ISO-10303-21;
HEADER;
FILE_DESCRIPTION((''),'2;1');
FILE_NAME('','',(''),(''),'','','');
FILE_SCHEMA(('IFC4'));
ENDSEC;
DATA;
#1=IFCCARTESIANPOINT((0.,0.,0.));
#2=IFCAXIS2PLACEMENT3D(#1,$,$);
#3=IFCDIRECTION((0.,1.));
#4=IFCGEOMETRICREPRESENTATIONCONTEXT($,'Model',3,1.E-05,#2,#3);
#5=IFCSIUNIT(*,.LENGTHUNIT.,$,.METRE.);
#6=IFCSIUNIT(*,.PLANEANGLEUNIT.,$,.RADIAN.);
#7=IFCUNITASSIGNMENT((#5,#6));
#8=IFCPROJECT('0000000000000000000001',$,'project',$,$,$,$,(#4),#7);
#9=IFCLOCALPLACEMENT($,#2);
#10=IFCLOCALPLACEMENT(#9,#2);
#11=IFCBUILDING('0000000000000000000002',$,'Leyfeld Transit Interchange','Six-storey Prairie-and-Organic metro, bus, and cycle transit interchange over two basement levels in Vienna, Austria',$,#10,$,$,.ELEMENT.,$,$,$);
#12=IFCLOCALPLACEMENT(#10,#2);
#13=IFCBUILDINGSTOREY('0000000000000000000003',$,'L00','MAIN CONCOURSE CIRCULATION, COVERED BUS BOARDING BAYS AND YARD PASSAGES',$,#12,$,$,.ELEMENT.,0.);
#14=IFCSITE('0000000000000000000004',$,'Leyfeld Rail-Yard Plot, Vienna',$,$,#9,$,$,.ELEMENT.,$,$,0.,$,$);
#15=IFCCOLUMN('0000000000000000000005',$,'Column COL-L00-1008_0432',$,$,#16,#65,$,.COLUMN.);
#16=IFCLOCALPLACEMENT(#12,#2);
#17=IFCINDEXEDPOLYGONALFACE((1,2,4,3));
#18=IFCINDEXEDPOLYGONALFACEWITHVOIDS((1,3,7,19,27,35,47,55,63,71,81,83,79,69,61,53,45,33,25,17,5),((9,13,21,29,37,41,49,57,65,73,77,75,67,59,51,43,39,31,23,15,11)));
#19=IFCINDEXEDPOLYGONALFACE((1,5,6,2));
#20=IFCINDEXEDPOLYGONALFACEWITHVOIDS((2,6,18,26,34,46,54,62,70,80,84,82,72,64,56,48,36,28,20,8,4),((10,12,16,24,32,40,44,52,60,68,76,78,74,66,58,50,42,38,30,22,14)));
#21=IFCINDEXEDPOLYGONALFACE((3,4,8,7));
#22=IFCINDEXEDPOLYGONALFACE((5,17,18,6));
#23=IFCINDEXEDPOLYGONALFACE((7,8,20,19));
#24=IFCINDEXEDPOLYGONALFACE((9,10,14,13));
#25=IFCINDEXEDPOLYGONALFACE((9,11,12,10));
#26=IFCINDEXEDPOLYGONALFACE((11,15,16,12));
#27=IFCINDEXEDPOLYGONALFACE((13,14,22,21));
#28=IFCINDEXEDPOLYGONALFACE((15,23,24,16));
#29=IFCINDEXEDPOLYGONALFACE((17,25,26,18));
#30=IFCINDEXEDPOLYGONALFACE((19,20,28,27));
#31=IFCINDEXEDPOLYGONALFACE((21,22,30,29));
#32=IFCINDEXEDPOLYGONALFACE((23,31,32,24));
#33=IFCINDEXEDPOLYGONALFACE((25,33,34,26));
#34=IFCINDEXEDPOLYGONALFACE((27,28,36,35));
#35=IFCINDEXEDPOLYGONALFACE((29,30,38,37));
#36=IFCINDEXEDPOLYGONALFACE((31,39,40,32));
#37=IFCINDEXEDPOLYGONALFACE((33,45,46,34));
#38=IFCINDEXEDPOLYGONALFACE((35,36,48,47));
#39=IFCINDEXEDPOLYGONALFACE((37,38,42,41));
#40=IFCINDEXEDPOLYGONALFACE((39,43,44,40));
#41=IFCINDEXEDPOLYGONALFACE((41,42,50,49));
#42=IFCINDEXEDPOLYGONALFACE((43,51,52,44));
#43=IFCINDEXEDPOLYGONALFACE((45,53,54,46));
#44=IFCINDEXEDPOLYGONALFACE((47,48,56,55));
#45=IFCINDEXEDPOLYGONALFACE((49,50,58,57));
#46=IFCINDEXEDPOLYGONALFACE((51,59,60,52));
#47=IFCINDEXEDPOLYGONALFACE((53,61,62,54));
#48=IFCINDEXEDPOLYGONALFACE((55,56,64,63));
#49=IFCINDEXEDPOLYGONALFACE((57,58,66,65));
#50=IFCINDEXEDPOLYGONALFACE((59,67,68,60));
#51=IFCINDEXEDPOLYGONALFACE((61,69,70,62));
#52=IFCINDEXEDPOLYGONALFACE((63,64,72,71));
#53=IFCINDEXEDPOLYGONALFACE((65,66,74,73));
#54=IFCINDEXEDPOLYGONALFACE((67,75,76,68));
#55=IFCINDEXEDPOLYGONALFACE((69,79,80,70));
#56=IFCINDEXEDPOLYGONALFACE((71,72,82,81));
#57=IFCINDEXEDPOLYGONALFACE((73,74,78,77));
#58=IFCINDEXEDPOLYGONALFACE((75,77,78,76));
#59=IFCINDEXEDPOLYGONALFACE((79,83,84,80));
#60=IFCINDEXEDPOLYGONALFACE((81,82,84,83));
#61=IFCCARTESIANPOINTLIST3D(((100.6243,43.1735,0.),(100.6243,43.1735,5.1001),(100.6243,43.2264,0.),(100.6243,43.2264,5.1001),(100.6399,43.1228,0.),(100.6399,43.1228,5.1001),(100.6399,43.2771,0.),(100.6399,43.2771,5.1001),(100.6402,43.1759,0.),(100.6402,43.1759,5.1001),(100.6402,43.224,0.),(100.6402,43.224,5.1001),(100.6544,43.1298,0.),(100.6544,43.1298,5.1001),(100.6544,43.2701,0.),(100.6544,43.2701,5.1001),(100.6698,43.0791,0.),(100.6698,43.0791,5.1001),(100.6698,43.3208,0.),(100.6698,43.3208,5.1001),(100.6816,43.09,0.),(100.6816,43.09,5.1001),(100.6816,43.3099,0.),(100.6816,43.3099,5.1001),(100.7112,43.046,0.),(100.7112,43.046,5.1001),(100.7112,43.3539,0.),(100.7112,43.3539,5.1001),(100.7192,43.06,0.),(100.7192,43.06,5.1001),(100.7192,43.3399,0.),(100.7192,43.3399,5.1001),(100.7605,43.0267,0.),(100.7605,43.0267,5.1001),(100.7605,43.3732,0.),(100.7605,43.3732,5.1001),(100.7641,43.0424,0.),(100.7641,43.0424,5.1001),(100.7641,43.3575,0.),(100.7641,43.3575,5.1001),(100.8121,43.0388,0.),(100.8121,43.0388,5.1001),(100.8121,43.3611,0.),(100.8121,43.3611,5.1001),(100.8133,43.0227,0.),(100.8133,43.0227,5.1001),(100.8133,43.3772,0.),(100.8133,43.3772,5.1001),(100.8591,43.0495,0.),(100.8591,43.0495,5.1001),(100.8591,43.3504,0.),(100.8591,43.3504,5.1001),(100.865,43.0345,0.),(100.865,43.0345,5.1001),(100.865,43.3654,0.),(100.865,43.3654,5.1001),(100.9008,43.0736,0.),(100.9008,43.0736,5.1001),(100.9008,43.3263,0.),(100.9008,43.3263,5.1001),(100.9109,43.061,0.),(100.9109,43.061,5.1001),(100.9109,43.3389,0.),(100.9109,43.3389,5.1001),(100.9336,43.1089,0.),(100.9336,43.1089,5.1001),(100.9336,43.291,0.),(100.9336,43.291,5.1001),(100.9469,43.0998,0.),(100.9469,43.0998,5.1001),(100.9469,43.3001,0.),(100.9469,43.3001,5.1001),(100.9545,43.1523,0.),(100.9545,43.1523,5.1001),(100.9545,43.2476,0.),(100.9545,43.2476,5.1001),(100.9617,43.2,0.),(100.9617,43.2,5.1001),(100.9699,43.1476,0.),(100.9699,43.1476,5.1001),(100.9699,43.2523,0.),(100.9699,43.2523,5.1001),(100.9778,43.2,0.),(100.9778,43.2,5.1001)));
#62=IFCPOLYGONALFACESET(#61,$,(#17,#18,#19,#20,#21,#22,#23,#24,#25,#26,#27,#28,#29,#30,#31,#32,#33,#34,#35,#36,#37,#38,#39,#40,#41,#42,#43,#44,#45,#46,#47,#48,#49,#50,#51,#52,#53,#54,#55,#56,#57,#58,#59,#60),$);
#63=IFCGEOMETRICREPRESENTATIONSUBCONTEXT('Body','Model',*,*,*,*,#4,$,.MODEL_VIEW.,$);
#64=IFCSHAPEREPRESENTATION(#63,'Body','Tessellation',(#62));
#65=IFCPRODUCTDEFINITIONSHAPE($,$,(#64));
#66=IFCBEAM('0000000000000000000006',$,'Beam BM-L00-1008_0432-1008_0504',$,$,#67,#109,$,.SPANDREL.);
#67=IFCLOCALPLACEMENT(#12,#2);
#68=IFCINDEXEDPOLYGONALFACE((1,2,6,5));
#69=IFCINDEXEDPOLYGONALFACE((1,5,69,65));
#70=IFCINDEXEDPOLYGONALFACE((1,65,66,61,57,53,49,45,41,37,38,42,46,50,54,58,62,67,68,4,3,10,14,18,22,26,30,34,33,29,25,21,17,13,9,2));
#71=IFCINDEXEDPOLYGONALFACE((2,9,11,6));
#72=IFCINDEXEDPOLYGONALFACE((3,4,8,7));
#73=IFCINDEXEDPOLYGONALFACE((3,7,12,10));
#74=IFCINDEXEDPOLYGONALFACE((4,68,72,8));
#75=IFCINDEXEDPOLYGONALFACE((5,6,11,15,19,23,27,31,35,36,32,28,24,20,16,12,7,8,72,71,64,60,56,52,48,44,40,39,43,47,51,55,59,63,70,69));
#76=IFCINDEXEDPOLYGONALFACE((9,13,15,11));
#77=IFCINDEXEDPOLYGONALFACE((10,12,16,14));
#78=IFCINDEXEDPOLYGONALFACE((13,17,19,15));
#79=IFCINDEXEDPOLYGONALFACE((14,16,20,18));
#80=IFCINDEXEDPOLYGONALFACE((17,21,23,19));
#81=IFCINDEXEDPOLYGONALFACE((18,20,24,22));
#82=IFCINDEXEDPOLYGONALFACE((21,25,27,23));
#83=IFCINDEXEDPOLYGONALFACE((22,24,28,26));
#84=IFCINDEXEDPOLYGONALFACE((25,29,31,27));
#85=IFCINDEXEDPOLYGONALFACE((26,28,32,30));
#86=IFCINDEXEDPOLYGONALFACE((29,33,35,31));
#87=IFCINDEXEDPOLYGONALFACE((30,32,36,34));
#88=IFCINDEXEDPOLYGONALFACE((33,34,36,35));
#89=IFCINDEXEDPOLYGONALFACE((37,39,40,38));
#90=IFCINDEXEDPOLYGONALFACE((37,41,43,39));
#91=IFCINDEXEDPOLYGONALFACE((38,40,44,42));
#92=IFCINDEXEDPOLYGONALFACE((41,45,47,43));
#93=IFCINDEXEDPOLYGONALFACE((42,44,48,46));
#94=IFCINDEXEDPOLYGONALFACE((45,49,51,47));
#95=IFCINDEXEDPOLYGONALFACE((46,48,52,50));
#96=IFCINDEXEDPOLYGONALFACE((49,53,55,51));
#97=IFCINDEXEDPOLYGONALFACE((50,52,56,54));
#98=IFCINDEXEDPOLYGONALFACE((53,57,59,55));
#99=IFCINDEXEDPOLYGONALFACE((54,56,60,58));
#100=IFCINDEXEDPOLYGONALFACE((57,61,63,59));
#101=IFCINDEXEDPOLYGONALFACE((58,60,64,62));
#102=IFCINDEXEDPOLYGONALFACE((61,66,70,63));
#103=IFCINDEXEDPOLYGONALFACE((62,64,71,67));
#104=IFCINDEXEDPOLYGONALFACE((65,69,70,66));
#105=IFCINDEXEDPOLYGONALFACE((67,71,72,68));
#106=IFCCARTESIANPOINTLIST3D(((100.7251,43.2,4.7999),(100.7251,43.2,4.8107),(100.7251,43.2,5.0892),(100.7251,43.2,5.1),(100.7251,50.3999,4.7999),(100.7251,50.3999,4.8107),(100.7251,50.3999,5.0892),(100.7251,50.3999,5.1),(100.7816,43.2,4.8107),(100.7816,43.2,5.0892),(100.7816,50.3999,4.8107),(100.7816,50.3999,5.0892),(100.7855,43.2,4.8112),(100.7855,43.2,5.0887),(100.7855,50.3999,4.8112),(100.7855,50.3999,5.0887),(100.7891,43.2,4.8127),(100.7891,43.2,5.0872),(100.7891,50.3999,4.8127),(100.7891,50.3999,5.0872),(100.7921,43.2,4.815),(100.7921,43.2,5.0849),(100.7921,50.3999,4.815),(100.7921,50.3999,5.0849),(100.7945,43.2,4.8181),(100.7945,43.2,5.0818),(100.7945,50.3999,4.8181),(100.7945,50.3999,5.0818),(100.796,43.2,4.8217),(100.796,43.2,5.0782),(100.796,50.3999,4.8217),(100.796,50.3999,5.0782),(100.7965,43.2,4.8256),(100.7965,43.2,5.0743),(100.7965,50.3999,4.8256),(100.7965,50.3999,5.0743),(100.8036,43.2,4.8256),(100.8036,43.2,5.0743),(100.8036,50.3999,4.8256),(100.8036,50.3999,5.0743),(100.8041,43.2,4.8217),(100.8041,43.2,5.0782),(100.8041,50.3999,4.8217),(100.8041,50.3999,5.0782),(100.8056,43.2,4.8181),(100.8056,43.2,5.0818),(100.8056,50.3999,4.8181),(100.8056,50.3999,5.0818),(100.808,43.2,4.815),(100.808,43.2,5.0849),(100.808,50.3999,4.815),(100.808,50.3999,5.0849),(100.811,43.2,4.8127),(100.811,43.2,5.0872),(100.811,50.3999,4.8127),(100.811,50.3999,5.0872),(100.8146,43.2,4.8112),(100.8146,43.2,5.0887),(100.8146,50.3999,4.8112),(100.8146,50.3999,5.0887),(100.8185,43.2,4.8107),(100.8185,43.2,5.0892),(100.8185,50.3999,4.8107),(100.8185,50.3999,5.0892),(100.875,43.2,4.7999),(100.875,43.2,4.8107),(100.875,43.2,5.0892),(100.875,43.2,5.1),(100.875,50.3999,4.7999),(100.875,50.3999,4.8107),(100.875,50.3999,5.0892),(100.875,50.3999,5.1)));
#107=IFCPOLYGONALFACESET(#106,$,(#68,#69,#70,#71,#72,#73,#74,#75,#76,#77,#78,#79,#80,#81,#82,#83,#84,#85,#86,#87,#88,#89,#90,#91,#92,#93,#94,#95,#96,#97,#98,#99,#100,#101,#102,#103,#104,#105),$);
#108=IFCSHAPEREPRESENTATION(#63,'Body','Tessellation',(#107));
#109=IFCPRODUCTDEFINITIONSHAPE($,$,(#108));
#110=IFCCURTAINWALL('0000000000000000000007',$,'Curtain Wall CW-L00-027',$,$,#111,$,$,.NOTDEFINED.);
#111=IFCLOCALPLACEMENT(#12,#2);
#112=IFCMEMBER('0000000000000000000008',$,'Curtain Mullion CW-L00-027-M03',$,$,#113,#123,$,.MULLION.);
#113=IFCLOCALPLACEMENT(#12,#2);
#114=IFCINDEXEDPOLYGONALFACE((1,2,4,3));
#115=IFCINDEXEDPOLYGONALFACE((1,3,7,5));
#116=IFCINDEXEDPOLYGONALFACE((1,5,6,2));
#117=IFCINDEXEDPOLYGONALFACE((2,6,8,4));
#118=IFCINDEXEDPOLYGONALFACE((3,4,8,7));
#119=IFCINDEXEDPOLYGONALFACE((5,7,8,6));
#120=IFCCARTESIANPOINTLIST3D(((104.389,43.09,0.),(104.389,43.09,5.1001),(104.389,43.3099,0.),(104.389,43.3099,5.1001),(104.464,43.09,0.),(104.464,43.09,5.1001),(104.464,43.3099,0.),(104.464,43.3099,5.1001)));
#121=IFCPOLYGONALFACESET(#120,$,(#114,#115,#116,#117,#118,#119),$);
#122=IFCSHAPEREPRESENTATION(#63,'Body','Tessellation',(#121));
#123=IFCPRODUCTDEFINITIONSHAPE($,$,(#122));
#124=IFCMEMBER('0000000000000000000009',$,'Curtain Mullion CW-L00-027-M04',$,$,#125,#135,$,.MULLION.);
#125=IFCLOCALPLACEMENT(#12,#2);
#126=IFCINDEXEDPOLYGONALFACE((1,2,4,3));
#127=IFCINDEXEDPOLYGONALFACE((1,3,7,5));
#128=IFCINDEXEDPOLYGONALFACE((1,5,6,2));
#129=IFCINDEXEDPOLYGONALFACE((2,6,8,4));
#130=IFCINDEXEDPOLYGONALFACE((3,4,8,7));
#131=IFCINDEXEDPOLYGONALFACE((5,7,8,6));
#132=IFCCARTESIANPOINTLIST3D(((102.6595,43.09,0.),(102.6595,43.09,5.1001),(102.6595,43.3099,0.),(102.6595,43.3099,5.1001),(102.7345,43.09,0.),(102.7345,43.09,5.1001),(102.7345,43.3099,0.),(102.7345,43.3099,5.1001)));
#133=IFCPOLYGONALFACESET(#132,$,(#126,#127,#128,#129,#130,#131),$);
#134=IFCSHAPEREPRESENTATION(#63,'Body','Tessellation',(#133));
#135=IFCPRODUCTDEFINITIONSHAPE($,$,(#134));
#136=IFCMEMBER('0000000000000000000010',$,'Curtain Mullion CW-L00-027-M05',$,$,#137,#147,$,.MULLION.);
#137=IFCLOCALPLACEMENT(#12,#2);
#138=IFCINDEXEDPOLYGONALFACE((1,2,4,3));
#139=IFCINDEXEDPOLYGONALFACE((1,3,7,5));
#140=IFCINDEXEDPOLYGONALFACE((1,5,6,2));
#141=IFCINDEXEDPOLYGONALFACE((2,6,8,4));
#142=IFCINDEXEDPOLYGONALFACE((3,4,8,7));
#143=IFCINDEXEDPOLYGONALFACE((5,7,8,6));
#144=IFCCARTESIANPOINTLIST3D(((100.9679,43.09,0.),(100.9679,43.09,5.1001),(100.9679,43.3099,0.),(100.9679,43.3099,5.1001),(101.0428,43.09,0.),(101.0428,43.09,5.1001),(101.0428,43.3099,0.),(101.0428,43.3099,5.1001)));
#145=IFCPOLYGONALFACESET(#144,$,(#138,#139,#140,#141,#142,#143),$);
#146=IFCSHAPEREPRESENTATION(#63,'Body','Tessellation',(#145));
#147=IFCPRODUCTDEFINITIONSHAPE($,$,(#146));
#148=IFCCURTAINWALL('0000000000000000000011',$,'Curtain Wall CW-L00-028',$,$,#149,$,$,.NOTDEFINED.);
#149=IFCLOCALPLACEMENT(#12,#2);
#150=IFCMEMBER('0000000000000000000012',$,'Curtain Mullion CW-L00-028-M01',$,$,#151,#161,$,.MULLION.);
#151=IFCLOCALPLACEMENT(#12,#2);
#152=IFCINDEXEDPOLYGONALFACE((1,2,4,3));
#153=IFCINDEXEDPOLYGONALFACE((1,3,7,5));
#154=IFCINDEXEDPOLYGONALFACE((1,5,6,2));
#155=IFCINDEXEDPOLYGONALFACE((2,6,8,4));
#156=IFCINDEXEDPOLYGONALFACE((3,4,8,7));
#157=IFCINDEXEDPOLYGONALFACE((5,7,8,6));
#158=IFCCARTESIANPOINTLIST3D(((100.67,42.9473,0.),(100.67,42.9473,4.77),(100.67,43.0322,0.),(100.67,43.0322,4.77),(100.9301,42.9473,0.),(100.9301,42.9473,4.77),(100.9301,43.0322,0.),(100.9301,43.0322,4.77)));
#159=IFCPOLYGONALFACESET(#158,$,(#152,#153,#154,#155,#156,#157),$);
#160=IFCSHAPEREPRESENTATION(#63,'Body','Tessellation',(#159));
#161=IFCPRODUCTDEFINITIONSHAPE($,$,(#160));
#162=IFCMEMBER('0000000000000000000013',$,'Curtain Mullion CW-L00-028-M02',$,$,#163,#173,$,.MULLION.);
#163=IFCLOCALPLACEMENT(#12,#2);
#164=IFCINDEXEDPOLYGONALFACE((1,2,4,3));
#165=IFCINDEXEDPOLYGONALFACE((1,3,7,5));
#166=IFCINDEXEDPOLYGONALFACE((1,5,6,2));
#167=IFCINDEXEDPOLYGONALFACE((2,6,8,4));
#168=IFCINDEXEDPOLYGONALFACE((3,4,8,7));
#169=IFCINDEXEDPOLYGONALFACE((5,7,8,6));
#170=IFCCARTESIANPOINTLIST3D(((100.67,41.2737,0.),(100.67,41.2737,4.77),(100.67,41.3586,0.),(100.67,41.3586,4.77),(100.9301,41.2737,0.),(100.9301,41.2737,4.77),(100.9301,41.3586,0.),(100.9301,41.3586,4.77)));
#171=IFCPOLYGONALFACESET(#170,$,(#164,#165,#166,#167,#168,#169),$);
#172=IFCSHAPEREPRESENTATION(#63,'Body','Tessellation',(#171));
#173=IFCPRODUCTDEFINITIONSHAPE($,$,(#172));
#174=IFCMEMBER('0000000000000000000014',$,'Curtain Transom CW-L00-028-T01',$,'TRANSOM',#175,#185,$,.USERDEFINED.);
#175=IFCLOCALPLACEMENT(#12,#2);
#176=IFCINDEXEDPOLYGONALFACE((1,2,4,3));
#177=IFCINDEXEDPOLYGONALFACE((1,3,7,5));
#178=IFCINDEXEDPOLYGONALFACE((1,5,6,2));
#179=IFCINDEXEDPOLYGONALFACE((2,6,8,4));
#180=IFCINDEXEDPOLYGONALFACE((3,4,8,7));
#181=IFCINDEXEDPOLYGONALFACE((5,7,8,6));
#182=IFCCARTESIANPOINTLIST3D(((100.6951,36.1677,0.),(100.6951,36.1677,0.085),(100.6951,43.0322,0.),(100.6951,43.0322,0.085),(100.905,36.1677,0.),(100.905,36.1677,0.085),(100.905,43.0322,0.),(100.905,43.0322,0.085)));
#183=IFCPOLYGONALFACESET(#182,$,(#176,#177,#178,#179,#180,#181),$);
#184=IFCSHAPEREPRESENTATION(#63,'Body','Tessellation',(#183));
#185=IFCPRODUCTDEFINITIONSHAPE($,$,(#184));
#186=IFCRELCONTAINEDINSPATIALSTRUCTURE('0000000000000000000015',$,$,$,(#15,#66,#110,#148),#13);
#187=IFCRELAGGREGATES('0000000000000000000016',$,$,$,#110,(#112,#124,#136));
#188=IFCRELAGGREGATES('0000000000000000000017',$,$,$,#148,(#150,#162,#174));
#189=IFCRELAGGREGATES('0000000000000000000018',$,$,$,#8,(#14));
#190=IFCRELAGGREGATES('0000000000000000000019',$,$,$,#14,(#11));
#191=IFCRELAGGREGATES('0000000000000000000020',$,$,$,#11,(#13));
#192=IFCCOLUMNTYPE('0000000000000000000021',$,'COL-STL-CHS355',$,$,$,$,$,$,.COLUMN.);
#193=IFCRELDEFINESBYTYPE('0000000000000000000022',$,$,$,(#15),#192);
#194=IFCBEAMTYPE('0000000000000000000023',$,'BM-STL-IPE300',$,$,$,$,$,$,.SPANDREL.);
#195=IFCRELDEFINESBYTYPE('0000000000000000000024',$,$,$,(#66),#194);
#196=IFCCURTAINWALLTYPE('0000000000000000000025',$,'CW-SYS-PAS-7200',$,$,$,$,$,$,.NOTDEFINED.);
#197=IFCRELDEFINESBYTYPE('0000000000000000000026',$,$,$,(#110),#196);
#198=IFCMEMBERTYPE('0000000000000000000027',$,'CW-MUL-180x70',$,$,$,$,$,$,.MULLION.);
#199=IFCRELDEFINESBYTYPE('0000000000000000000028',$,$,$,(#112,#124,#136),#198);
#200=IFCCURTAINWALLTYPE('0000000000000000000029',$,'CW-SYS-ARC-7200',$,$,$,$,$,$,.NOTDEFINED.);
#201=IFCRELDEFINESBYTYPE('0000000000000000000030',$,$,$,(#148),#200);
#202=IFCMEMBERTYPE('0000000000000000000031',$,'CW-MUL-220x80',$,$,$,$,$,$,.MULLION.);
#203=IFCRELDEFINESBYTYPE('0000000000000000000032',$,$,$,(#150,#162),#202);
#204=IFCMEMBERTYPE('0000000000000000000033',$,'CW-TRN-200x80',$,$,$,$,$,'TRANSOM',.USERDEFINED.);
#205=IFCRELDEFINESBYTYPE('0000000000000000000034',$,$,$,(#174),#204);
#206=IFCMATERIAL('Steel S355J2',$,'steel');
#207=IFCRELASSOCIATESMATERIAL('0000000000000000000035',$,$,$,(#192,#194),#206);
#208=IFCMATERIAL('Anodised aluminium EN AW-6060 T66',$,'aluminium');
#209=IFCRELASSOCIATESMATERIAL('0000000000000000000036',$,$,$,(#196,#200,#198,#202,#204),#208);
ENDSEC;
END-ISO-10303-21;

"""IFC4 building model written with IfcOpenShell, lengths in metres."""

from ifc_helpers import new_model, si_unit, direction, frame, origin, origin_2d, place, context, subcontext, project, spatial, rectangle, hollow_circle, i_section, extrude, material, material_profile, profile_set, type_object, element, aggregate, save


model = new_model("IFC4")

# Units and contexts
model_context = context("Model", 3, precision=1e-05, world=origin(), true_north=direction((0.0, 1.0)))
body_context = subcontext(model_context, "Body", "Model", "MODEL_VIEW")
ifc_project = project(units=[si_unit("LENGTHUNIT", "METRE"), si_unit("PLANEANGLEUNIT", "RADIAN")], contexts=[model_context])

# Site, building, storey
site_placement = place(None, origin())
site = spatial("IfcSite", under=ifc_project, at=site_placement, Name="Leyfeld Rail-Yard Plot, Vienna", CompositionType="ELEMENT", RefElevation=0.0)
building_placement = place(site_placement, origin())
building = spatial("IfcBuilding", under=site, at=building_placement, Name="Leyfeld Transit Interchange", Description="Six-storey Prairie-and-Organic metro, bus, and cycle transit interchange over two basement levels in Vienna, Austria", CompositionType="ELEMENT")
storey_placement = place(building_placement, origin())
storey = spatial("IfcBuildingStorey", under=building, at=storey_placement, Name="L00", Description="MAIN CONCOURSE CIRCULATION, COVERED BUS BOARDING BAYS AND YARD PASSAGES", CompositionType="ELEMENT", Elevation=0.0)

# Column
ifc_material_1 = material(Name="Steel S355J2", Category="steel")
ifc_material_profile_1 = material_profile(ifc_material_1, hollow_circle(Radius=0.1777, WallThickness=0.0161, at=origin_2d()), Name="CHS 355.6x16")
ifc_profile_set_1 = profile_set([ifc_material_profile_1], Name="Steel S355J2")
column_type = type_object("IfcColumnType", Name="COL-STL-CHS355", PredefinedType="COLUMN", material=ifc_profile_set_1)
column_placement = place(storey_placement, frame((100.8, 43.2, 0.0), z_axis=(0.0, 0.0, 1.0), x_axis=(1.0, 0.0, 0.0)))
element("IfcColumn", 1, at=column_placement, inside=storey, type_object=column_type, Name="Column COL-L00-1008_0432", PredefinedType="COLUMN", context=body_context, shape_type="SweptSolid", body=[
    extrude(hollow_circle(Radius=0.1777, WallThickness=0.0161, at=origin_2d()), origin(), (0.0, 0.0, 1.0), 5.1001),
])

# Beam
ifc_material_profile_2 = material_profile(ifc_material_1, i_section(OverallWidth=0.1499, OverallDepth=0.3, WebThickness=0.0071, FlangeThickness=0.0107, FilletRadius=0.0149, at=origin_2d()), Name="IPE 300")
ifc_profile_set_2 = profile_set([ifc_material_profile_2], Name="Steel S355J2")
beam_type = type_object("IfcBeamType", Name="BM-STL-IPE300", PredefinedType="SPANDREL", material=ifc_profile_set_2)
beam_placement = place(storey_placement, frame((100.8, 43.2, 4.95), z_axis=(0.0, 1.0, 0.0), x_axis=(-1.0, 0.0, 0.0)))
element("IfcBeam", 2, at=beam_placement, inside=storey, type_object=beam_type, Name="Beam BM-L00-1008_0432-1008_0504", PredefinedType="SPANDREL", context=body_context, shape_type="SweptSolid", body=[
    extrude(i_section(OverallWidth=0.1499, OverallDepth=0.3, WebThickness=0.0071, FlangeThickness=0.0107, FilletRadius=0.0149, at=origin_2d()), origin(), (0.0, 0.0, 1.0), 7.2),
])

# Curtain walls, members
ifc_material_2 = material(Name="Anodised aluminium EN AW-6060 T66", Category="aluminium")
curtain_wall_type_1 = type_object("IfcCurtainWallType", Name="CW-SYS-PAS-7200", PredefinedType="NOTDEFINED", material=ifc_material_2)
curtain_wall_1_placement = place(storey_placement, origin())
curtain_wall_1 = element("IfcCurtainWall", 3, at=curtain_wall_1_placement, inside=storey, type_object=curtain_wall_type_1, Name="Curtain Wall CW-L00-027", PredefinedType="NOTDEFINED")
ifc_material_profile_3 = material_profile(ifc_material_2, rectangle(XDim=0.075, YDim=0.22, at=origin_2d()), Name="CW-M 75x220")
ifc_profile_set_3 = profile_set([ifc_material_profile_3], Name="Anodised aluminium EN AW-6060 T66")
member_type_1 = type_object("IfcMemberType", Name="CW-MUL-180x70", PredefinedType="MULLION", material=ifc_profile_set_3)
member_1_placement = place(storey_placement, frame((104.4265, 43.2, 0.0), z_axis=(0.0, 0.0, 1.0), x_axis=(-1.0, 0.0, 0.0)))
member_1 = element("IfcMember", 4, at=member_1_placement, type_object=member_type_1, Name="Curtain Mullion CW-L00-027-M03", PredefinedType="MULLION", context=body_context, shape_type="SweptSolid", body=[
    extrude(rectangle(XDim=0.075, YDim=0.22, at=origin_2d()), origin(), (0.0, 0.0, 1.0), 5.1001),
])
member_2_placement = place(storey_placement, frame((102.697, 43.2, 0.0), z_axis=(0.0, 0.0, 1.0), x_axis=(-1.0, 0.0, 0.0)))
member_2 = element("IfcMember", 5, at=member_2_placement, type_object=member_type_1, Name="Curtain Mullion CW-L00-027-M04", PredefinedType="MULLION", context=body_context, shape_type="SweptSolid", body=[
    extrude(rectangle(XDim=0.075, YDim=0.22, at=origin_2d()), origin(), (0.0, 0.0, 1.0), 5.1001),
])
member_3_placement = place(storey_placement, frame((101.0054, 43.2, 0.0), z_axis=(0.0, 0.0, 1.0), x_axis=(-1.0, 0.0, 0.0)))
member_3 = element("IfcMember", 6, at=member_3_placement, type_object=member_type_1, Name="Curtain Mullion CW-L00-027-M05", PredefinedType="MULLION", context=body_context, shape_type="SweptSolid", body=[
    extrude(rectangle(XDim=0.075, YDim=0.22, at=origin_2d()), origin(), (0.0, 0.0, 1.0), 5.1001),
])
curtain_wall_type_2 = type_object("IfcCurtainWallType", Name="CW-SYS-ARC-7200", PredefinedType="NOTDEFINED", material=ifc_material_2)
curtain_wall_2_placement = place(storey_placement, origin())
curtain_wall_2 = element("IfcCurtainWall", 7, at=curtain_wall_2_placement, inside=storey, type_object=curtain_wall_type_2, Name="Curtain Wall CW-L00-028", PredefinedType="NOTDEFINED")
ifc_material_profile_4 = material_profile(ifc_material_2, rectangle(XDim=0.085, YDim=0.26, at=origin_2d()), Name="CW-M 85x260")
ifc_profile_set_4 = profile_set([ifc_material_profile_4], Name="Anodised aluminium EN AW-6060 T66")
member_type_2 = type_object("IfcMemberType", Name="CW-MUL-220x80", PredefinedType="MULLION", material=ifc_profile_set_4)
member_4_placement = place(storey_placement, frame((100.8, 42.9897, 0.0), z_axis=(0.0, 0.0, 1.0), x_axis=(0.0, -1.0, 0.0)))
member_4 = element("IfcMember", 8, at=member_4_placement, type_object=member_type_2, Name="Curtain Mullion CW-L00-028-M01", PredefinedType="MULLION", context=body_context, shape_type="SweptSolid", body=[
    extrude(rectangle(XDim=0.085, YDim=0.26, at=origin_2d()), origin(), (0.0, 0.0, 1.0), 4.77),
])
member_5_placement = place(storey_placement, frame((100.8, 41.3162, 0.0), z_axis=(0.0, 0.0, 1.0), x_axis=(0.0, -1.0, 0.0)))
member_5 = element("IfcMember", 9, at=member_5_placement, type_object=member_type_2, Name="Curtain Mullion CW-L00-028-M02", PredefinedType="MULLION", context=body_context, shape_type="SweptSolid", body=[
    extrude(rectangle(XDim=0.085, YDim=0.26, at=origin_2d()), origin(), (0.0, 0.0, 1.0), 4.77),
])
ifc_material_profile_5 = material_profile(ifc_material_2, rectangle(XDim=0.21, YDim=0.085, at=origin_2d()), Name="CW-TRN-200x80")
ifc_profile_set_5 = profile_set([ifc_material_profile_5], Name="Anodised aluminium EN AW-6060 T66")
member_type_3 = type_object("IfcMemberType", Name="CW-TRN-200x80", ElementType="TRANSOM", PredefinedType="USERDEFINED", material=ifc_profile_set_5)
member_6_placement = place(storey_placement, frame((100.8, 43.0322, 0.0425), z_axis=(0.0, -1.0, 0.0), x_axis=(1.0, 0.0, 0.0)))
member_6 = element("IfcMember", 10, at=member_6_placement, type_object=member_type_3, Name="Curtain Transom CW-L00-028-T01", ObjectType="TRANSOM", PredefinedType="USERDEFINED", context=body_context, shape_type="SweptSolid", body=[
    extrude(rectangle(XDim=0.21, YDim=0.085, at=origin_2d()), origin(), (0.0, 0.0, 1.0), 6.8645),
])

aggregate(curtain_wall_1, [member_1, member_2, member_3])
aggregate(curtain_wall_2, [member_4, member_5, member_6])

save(model, "model.ifc")
